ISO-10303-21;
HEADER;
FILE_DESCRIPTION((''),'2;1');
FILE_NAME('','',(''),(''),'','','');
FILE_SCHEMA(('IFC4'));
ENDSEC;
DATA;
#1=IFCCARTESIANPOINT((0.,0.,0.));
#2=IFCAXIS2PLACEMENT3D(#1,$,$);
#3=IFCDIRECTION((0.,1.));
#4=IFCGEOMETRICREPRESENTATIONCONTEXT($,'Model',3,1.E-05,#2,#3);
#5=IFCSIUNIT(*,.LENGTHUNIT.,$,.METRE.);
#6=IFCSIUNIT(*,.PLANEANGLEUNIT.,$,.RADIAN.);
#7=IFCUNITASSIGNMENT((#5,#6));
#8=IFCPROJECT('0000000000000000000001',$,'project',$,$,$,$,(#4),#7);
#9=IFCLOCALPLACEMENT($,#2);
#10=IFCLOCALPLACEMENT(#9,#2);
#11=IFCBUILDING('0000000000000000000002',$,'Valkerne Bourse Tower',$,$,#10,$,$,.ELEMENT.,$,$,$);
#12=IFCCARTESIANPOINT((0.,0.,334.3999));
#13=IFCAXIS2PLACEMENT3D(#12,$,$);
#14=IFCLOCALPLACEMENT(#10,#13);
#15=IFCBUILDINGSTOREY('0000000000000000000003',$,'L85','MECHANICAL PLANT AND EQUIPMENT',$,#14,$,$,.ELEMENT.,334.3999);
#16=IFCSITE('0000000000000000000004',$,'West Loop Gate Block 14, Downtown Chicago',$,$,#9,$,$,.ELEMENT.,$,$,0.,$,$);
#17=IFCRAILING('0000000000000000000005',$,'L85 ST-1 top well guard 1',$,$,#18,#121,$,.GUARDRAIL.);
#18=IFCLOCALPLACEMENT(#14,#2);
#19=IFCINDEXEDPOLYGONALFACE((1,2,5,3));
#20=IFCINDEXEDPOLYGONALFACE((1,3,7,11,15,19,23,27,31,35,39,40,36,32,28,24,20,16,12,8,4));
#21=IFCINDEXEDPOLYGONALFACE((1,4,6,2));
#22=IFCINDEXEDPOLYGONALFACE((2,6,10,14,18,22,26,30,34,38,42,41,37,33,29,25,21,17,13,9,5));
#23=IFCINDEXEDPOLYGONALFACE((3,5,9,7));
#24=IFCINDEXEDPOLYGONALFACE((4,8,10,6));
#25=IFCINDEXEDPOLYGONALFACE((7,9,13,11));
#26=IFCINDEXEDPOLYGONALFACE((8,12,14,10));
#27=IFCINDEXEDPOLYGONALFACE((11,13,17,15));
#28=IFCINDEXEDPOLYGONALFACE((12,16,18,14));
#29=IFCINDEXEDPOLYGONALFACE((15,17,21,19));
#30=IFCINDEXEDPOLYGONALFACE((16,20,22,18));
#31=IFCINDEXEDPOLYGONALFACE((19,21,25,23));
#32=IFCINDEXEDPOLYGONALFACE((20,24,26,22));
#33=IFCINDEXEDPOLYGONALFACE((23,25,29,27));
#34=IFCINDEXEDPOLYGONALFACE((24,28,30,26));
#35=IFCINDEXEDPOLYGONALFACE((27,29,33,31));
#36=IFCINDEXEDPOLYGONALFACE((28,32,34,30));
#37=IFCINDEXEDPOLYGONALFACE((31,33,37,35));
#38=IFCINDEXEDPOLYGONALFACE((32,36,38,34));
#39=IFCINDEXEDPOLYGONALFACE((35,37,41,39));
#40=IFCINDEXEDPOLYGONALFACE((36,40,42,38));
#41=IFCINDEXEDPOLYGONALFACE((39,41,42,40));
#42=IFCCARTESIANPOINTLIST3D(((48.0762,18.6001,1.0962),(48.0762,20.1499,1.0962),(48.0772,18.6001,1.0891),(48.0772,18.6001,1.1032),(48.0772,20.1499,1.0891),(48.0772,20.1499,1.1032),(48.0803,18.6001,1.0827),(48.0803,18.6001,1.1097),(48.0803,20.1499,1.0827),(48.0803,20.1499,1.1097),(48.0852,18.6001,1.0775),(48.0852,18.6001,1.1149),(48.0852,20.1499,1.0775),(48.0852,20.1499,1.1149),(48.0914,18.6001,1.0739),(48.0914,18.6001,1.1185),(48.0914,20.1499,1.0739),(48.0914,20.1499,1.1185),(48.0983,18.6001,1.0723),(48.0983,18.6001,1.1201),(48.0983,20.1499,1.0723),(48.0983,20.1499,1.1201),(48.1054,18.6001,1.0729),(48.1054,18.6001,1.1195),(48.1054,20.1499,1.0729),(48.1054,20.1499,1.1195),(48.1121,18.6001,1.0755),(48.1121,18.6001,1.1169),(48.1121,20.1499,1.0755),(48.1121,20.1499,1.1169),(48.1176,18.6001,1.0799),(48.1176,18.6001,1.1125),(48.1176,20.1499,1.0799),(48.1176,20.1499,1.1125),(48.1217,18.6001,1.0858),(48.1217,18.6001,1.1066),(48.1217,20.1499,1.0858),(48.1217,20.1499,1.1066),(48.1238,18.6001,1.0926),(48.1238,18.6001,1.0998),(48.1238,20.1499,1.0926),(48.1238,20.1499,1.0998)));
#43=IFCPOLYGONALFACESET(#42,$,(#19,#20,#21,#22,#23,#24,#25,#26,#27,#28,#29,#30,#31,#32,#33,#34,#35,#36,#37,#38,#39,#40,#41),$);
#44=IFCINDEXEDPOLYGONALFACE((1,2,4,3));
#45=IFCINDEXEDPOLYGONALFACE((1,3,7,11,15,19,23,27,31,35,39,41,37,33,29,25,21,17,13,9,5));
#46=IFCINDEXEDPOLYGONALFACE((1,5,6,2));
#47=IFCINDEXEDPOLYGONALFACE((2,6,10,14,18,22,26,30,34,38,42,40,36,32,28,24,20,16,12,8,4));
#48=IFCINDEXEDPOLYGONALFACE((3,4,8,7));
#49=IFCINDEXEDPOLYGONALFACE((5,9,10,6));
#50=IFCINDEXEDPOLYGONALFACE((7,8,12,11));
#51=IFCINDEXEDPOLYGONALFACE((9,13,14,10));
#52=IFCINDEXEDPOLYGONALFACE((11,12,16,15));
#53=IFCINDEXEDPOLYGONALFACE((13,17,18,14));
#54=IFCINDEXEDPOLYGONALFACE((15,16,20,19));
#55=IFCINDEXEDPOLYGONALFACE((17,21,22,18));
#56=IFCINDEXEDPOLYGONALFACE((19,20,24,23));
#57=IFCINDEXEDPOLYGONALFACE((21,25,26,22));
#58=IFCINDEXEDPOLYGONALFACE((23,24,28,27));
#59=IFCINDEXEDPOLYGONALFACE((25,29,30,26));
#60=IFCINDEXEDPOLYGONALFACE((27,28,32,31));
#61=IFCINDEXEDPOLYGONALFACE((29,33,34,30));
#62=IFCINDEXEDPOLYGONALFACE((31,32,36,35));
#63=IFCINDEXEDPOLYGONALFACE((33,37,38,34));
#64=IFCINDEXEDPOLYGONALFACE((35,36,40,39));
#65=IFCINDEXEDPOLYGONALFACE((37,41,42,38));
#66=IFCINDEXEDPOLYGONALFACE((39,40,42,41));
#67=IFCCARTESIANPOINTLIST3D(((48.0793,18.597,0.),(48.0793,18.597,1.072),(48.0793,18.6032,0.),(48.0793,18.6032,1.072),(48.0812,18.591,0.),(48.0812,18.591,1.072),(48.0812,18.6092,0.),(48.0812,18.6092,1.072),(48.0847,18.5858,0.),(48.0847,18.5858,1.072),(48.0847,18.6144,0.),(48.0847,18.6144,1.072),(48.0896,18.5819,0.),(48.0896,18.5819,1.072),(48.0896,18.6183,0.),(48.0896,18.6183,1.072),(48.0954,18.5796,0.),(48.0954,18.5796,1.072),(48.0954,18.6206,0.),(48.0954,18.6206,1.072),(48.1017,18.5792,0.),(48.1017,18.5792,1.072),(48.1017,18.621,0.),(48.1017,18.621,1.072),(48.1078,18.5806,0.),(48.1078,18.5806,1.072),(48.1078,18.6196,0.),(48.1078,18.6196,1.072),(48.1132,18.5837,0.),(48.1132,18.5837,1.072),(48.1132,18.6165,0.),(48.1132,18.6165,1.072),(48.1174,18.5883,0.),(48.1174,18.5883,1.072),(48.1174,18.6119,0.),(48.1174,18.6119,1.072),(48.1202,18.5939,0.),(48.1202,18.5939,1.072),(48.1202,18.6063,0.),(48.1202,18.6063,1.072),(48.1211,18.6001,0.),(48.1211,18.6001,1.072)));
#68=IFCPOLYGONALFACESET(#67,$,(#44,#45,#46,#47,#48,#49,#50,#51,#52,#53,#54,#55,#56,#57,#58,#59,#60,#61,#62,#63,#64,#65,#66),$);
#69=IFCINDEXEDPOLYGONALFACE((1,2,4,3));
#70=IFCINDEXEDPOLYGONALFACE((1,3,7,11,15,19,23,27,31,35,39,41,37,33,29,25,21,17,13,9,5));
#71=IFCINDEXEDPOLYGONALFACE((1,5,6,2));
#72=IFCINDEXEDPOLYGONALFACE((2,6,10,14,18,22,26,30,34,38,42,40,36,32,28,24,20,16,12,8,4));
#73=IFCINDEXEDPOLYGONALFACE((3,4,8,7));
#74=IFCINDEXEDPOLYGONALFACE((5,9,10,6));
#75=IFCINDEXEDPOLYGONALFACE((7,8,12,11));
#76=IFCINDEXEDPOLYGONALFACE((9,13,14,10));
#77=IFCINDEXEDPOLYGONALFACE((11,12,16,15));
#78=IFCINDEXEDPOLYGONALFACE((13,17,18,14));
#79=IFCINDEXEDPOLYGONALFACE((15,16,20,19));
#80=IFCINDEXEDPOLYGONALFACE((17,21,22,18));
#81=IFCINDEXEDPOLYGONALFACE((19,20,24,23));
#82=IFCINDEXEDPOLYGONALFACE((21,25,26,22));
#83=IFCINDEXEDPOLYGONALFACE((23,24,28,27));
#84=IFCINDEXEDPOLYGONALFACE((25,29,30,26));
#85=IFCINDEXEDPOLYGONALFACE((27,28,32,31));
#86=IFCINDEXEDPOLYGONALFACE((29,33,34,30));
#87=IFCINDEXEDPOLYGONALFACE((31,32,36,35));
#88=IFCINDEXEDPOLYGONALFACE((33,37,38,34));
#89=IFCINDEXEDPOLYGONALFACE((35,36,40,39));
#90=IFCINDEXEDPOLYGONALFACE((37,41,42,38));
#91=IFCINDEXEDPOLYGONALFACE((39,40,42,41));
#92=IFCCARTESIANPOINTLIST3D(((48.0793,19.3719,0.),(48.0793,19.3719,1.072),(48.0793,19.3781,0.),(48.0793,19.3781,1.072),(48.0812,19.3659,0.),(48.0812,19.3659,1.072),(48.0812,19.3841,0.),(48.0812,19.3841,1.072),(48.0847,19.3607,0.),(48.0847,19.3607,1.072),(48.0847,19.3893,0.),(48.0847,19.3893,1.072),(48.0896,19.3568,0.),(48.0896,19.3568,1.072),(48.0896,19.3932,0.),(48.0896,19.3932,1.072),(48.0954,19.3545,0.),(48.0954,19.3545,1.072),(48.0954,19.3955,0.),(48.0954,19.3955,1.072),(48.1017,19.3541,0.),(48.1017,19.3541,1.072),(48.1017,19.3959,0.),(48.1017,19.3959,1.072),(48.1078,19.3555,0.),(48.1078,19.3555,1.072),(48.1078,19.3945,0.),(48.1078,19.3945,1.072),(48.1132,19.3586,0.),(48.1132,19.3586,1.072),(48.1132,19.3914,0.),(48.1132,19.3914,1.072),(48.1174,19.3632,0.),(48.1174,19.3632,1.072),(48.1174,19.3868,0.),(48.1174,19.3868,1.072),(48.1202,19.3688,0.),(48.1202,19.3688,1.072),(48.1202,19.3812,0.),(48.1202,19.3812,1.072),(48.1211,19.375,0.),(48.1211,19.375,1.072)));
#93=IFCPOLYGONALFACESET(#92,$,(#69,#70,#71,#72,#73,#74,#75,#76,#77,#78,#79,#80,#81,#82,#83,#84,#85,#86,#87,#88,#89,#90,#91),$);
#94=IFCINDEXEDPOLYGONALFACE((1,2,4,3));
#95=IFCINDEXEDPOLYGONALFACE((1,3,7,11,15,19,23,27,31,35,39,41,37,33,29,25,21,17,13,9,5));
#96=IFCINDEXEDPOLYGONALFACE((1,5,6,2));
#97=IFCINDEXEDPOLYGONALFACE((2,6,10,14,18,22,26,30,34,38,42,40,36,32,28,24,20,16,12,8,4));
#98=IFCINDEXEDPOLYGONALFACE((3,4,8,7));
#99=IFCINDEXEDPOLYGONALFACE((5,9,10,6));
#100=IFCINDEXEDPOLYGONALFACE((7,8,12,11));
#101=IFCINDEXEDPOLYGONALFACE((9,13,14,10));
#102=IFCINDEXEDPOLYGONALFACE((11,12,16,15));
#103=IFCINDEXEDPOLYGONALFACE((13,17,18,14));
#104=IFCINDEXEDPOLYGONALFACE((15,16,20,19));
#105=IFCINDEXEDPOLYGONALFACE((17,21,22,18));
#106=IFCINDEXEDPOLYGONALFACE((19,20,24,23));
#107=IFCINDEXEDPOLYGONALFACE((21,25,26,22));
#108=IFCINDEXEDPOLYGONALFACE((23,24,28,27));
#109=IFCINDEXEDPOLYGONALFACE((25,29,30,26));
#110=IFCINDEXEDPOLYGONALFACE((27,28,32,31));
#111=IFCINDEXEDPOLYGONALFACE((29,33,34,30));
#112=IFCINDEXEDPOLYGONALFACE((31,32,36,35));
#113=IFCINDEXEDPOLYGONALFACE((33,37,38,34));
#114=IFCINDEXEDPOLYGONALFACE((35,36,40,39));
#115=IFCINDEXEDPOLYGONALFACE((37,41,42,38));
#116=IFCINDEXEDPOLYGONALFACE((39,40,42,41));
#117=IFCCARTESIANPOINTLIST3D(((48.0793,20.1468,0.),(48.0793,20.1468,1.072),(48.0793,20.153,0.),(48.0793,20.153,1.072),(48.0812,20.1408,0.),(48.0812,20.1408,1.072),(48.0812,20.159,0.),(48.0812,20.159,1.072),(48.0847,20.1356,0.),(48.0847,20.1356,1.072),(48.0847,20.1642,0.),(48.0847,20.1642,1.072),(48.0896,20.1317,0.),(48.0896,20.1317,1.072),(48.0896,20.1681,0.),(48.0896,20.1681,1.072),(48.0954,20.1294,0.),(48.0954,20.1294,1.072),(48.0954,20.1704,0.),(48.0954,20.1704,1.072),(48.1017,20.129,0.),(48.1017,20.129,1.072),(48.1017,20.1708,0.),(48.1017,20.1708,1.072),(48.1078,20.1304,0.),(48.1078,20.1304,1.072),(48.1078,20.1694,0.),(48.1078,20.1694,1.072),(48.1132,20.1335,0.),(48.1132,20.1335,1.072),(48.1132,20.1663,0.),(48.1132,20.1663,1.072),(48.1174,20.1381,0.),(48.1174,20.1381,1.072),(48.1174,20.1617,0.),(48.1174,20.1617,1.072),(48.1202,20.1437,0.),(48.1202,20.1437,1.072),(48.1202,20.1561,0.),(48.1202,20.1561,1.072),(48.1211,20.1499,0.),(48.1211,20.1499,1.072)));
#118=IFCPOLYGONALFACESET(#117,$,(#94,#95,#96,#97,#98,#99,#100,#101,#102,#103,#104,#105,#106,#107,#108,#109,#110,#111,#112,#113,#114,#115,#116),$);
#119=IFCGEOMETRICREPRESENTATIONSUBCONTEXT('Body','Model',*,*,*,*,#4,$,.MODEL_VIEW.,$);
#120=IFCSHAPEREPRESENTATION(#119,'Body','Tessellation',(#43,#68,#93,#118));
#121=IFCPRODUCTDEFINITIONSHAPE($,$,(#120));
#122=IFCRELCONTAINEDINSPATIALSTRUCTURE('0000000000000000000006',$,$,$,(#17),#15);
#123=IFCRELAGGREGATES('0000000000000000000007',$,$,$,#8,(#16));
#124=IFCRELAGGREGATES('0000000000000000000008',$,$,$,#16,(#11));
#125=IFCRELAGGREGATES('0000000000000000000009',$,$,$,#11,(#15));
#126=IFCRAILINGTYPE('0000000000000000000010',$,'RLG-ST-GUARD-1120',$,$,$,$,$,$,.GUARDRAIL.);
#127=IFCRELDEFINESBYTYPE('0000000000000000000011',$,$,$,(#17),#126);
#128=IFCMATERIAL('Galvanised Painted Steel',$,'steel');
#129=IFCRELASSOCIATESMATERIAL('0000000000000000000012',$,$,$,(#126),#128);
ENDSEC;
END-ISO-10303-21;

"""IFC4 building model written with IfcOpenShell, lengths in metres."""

from ifc_helpers import new_model, si_unit, direction, frame, origin, origin_2d, place, context, subcontext, project, spatial, circle, extrude, material, type_object, element, save


model = new_model("IFC4")

# Units and contexts
model_context = context("Model", 3, precision=1e-05, world=origin(), true_north=direction((0.0, 1.0)))
body_context = subcontext(model_context, "Body", "Model", "MODEL_VIEW")
ifc_project = project(units=[si_unit("LENGTHUNIT", "METRE"), si_unit("PLANEANGLEUNIT", "RADIAN")], contexts=[model_context])

# Site, building, storey
site_placement = place(None, origin())
site = spatial("IfcSite", under=ifc_project, at=site_placement, Name="West Loop Gate Block 14, Downtown Chicago", CompositionType="ELEMENT", RefElevation=0.0)
building_placement = place(site_placement, origin())
building = spatial("IfcBuilding", under=site, at=building_placement, Name="Valkerne Bourse Tower", CompositionType="ELEMENT")
storey_placement = place(building_placement, frame((0.0, 0.0, 334.3999)))
storey = spatial("IfcBuildingStorey", under=building, at=storey_placement, Name="L85", Description="MECHANICAL PLANT AND EQUIPMENT", CompositionType="ELEMENT", Elevation=334.3999)

# Railing
ifc_material_1 = material(Name="Galvanised Painted Steel", Category="steel")
railing_type = type_object("IfcRailingType", Name="RLG-ST-GUARD-1120", PredefinedType="GUARDRAIL", material=ifc_material_1)
railing_placement = place(storey_placement, frame((48.1001, 18.6001, 0.0)))
element("IfcRailing", 1, at=railing_placement, inside=storey, type_object=railing_type, Name="L85 ST-1 top well guard 1", PredefinedType="GUARDRAIL", context=body_context, shape_type="SweptSolid", body=[
    extrude(circle(Radius=0.0239, at=origin_2d()), frame((0.0, 0.0, 1.0962), z_axis=(0.0, 1.0, 0.0), x_axis=(-1.0, 0.0, 0.0)), (0.0, 0.0, 1.0), 1.5498),
    extrude(circle(Radius=0.021, at=origin_2d()), origin(), (0.0, 0.0, 1.0), 1.072),
    extrude(circle(Radius=0.021, at=origin_2d()), frame((0.0, 0.7749, 0.0)), (0.0, 0.0, 1.0), 1.072),
    extrude(circle(Radius=0.021, at=origin_2d()), frame((0.0, 1.5498, 0.0)), (0.0, 0.0, 1.0), 1.072),
])

save(model, "model.ifc")
